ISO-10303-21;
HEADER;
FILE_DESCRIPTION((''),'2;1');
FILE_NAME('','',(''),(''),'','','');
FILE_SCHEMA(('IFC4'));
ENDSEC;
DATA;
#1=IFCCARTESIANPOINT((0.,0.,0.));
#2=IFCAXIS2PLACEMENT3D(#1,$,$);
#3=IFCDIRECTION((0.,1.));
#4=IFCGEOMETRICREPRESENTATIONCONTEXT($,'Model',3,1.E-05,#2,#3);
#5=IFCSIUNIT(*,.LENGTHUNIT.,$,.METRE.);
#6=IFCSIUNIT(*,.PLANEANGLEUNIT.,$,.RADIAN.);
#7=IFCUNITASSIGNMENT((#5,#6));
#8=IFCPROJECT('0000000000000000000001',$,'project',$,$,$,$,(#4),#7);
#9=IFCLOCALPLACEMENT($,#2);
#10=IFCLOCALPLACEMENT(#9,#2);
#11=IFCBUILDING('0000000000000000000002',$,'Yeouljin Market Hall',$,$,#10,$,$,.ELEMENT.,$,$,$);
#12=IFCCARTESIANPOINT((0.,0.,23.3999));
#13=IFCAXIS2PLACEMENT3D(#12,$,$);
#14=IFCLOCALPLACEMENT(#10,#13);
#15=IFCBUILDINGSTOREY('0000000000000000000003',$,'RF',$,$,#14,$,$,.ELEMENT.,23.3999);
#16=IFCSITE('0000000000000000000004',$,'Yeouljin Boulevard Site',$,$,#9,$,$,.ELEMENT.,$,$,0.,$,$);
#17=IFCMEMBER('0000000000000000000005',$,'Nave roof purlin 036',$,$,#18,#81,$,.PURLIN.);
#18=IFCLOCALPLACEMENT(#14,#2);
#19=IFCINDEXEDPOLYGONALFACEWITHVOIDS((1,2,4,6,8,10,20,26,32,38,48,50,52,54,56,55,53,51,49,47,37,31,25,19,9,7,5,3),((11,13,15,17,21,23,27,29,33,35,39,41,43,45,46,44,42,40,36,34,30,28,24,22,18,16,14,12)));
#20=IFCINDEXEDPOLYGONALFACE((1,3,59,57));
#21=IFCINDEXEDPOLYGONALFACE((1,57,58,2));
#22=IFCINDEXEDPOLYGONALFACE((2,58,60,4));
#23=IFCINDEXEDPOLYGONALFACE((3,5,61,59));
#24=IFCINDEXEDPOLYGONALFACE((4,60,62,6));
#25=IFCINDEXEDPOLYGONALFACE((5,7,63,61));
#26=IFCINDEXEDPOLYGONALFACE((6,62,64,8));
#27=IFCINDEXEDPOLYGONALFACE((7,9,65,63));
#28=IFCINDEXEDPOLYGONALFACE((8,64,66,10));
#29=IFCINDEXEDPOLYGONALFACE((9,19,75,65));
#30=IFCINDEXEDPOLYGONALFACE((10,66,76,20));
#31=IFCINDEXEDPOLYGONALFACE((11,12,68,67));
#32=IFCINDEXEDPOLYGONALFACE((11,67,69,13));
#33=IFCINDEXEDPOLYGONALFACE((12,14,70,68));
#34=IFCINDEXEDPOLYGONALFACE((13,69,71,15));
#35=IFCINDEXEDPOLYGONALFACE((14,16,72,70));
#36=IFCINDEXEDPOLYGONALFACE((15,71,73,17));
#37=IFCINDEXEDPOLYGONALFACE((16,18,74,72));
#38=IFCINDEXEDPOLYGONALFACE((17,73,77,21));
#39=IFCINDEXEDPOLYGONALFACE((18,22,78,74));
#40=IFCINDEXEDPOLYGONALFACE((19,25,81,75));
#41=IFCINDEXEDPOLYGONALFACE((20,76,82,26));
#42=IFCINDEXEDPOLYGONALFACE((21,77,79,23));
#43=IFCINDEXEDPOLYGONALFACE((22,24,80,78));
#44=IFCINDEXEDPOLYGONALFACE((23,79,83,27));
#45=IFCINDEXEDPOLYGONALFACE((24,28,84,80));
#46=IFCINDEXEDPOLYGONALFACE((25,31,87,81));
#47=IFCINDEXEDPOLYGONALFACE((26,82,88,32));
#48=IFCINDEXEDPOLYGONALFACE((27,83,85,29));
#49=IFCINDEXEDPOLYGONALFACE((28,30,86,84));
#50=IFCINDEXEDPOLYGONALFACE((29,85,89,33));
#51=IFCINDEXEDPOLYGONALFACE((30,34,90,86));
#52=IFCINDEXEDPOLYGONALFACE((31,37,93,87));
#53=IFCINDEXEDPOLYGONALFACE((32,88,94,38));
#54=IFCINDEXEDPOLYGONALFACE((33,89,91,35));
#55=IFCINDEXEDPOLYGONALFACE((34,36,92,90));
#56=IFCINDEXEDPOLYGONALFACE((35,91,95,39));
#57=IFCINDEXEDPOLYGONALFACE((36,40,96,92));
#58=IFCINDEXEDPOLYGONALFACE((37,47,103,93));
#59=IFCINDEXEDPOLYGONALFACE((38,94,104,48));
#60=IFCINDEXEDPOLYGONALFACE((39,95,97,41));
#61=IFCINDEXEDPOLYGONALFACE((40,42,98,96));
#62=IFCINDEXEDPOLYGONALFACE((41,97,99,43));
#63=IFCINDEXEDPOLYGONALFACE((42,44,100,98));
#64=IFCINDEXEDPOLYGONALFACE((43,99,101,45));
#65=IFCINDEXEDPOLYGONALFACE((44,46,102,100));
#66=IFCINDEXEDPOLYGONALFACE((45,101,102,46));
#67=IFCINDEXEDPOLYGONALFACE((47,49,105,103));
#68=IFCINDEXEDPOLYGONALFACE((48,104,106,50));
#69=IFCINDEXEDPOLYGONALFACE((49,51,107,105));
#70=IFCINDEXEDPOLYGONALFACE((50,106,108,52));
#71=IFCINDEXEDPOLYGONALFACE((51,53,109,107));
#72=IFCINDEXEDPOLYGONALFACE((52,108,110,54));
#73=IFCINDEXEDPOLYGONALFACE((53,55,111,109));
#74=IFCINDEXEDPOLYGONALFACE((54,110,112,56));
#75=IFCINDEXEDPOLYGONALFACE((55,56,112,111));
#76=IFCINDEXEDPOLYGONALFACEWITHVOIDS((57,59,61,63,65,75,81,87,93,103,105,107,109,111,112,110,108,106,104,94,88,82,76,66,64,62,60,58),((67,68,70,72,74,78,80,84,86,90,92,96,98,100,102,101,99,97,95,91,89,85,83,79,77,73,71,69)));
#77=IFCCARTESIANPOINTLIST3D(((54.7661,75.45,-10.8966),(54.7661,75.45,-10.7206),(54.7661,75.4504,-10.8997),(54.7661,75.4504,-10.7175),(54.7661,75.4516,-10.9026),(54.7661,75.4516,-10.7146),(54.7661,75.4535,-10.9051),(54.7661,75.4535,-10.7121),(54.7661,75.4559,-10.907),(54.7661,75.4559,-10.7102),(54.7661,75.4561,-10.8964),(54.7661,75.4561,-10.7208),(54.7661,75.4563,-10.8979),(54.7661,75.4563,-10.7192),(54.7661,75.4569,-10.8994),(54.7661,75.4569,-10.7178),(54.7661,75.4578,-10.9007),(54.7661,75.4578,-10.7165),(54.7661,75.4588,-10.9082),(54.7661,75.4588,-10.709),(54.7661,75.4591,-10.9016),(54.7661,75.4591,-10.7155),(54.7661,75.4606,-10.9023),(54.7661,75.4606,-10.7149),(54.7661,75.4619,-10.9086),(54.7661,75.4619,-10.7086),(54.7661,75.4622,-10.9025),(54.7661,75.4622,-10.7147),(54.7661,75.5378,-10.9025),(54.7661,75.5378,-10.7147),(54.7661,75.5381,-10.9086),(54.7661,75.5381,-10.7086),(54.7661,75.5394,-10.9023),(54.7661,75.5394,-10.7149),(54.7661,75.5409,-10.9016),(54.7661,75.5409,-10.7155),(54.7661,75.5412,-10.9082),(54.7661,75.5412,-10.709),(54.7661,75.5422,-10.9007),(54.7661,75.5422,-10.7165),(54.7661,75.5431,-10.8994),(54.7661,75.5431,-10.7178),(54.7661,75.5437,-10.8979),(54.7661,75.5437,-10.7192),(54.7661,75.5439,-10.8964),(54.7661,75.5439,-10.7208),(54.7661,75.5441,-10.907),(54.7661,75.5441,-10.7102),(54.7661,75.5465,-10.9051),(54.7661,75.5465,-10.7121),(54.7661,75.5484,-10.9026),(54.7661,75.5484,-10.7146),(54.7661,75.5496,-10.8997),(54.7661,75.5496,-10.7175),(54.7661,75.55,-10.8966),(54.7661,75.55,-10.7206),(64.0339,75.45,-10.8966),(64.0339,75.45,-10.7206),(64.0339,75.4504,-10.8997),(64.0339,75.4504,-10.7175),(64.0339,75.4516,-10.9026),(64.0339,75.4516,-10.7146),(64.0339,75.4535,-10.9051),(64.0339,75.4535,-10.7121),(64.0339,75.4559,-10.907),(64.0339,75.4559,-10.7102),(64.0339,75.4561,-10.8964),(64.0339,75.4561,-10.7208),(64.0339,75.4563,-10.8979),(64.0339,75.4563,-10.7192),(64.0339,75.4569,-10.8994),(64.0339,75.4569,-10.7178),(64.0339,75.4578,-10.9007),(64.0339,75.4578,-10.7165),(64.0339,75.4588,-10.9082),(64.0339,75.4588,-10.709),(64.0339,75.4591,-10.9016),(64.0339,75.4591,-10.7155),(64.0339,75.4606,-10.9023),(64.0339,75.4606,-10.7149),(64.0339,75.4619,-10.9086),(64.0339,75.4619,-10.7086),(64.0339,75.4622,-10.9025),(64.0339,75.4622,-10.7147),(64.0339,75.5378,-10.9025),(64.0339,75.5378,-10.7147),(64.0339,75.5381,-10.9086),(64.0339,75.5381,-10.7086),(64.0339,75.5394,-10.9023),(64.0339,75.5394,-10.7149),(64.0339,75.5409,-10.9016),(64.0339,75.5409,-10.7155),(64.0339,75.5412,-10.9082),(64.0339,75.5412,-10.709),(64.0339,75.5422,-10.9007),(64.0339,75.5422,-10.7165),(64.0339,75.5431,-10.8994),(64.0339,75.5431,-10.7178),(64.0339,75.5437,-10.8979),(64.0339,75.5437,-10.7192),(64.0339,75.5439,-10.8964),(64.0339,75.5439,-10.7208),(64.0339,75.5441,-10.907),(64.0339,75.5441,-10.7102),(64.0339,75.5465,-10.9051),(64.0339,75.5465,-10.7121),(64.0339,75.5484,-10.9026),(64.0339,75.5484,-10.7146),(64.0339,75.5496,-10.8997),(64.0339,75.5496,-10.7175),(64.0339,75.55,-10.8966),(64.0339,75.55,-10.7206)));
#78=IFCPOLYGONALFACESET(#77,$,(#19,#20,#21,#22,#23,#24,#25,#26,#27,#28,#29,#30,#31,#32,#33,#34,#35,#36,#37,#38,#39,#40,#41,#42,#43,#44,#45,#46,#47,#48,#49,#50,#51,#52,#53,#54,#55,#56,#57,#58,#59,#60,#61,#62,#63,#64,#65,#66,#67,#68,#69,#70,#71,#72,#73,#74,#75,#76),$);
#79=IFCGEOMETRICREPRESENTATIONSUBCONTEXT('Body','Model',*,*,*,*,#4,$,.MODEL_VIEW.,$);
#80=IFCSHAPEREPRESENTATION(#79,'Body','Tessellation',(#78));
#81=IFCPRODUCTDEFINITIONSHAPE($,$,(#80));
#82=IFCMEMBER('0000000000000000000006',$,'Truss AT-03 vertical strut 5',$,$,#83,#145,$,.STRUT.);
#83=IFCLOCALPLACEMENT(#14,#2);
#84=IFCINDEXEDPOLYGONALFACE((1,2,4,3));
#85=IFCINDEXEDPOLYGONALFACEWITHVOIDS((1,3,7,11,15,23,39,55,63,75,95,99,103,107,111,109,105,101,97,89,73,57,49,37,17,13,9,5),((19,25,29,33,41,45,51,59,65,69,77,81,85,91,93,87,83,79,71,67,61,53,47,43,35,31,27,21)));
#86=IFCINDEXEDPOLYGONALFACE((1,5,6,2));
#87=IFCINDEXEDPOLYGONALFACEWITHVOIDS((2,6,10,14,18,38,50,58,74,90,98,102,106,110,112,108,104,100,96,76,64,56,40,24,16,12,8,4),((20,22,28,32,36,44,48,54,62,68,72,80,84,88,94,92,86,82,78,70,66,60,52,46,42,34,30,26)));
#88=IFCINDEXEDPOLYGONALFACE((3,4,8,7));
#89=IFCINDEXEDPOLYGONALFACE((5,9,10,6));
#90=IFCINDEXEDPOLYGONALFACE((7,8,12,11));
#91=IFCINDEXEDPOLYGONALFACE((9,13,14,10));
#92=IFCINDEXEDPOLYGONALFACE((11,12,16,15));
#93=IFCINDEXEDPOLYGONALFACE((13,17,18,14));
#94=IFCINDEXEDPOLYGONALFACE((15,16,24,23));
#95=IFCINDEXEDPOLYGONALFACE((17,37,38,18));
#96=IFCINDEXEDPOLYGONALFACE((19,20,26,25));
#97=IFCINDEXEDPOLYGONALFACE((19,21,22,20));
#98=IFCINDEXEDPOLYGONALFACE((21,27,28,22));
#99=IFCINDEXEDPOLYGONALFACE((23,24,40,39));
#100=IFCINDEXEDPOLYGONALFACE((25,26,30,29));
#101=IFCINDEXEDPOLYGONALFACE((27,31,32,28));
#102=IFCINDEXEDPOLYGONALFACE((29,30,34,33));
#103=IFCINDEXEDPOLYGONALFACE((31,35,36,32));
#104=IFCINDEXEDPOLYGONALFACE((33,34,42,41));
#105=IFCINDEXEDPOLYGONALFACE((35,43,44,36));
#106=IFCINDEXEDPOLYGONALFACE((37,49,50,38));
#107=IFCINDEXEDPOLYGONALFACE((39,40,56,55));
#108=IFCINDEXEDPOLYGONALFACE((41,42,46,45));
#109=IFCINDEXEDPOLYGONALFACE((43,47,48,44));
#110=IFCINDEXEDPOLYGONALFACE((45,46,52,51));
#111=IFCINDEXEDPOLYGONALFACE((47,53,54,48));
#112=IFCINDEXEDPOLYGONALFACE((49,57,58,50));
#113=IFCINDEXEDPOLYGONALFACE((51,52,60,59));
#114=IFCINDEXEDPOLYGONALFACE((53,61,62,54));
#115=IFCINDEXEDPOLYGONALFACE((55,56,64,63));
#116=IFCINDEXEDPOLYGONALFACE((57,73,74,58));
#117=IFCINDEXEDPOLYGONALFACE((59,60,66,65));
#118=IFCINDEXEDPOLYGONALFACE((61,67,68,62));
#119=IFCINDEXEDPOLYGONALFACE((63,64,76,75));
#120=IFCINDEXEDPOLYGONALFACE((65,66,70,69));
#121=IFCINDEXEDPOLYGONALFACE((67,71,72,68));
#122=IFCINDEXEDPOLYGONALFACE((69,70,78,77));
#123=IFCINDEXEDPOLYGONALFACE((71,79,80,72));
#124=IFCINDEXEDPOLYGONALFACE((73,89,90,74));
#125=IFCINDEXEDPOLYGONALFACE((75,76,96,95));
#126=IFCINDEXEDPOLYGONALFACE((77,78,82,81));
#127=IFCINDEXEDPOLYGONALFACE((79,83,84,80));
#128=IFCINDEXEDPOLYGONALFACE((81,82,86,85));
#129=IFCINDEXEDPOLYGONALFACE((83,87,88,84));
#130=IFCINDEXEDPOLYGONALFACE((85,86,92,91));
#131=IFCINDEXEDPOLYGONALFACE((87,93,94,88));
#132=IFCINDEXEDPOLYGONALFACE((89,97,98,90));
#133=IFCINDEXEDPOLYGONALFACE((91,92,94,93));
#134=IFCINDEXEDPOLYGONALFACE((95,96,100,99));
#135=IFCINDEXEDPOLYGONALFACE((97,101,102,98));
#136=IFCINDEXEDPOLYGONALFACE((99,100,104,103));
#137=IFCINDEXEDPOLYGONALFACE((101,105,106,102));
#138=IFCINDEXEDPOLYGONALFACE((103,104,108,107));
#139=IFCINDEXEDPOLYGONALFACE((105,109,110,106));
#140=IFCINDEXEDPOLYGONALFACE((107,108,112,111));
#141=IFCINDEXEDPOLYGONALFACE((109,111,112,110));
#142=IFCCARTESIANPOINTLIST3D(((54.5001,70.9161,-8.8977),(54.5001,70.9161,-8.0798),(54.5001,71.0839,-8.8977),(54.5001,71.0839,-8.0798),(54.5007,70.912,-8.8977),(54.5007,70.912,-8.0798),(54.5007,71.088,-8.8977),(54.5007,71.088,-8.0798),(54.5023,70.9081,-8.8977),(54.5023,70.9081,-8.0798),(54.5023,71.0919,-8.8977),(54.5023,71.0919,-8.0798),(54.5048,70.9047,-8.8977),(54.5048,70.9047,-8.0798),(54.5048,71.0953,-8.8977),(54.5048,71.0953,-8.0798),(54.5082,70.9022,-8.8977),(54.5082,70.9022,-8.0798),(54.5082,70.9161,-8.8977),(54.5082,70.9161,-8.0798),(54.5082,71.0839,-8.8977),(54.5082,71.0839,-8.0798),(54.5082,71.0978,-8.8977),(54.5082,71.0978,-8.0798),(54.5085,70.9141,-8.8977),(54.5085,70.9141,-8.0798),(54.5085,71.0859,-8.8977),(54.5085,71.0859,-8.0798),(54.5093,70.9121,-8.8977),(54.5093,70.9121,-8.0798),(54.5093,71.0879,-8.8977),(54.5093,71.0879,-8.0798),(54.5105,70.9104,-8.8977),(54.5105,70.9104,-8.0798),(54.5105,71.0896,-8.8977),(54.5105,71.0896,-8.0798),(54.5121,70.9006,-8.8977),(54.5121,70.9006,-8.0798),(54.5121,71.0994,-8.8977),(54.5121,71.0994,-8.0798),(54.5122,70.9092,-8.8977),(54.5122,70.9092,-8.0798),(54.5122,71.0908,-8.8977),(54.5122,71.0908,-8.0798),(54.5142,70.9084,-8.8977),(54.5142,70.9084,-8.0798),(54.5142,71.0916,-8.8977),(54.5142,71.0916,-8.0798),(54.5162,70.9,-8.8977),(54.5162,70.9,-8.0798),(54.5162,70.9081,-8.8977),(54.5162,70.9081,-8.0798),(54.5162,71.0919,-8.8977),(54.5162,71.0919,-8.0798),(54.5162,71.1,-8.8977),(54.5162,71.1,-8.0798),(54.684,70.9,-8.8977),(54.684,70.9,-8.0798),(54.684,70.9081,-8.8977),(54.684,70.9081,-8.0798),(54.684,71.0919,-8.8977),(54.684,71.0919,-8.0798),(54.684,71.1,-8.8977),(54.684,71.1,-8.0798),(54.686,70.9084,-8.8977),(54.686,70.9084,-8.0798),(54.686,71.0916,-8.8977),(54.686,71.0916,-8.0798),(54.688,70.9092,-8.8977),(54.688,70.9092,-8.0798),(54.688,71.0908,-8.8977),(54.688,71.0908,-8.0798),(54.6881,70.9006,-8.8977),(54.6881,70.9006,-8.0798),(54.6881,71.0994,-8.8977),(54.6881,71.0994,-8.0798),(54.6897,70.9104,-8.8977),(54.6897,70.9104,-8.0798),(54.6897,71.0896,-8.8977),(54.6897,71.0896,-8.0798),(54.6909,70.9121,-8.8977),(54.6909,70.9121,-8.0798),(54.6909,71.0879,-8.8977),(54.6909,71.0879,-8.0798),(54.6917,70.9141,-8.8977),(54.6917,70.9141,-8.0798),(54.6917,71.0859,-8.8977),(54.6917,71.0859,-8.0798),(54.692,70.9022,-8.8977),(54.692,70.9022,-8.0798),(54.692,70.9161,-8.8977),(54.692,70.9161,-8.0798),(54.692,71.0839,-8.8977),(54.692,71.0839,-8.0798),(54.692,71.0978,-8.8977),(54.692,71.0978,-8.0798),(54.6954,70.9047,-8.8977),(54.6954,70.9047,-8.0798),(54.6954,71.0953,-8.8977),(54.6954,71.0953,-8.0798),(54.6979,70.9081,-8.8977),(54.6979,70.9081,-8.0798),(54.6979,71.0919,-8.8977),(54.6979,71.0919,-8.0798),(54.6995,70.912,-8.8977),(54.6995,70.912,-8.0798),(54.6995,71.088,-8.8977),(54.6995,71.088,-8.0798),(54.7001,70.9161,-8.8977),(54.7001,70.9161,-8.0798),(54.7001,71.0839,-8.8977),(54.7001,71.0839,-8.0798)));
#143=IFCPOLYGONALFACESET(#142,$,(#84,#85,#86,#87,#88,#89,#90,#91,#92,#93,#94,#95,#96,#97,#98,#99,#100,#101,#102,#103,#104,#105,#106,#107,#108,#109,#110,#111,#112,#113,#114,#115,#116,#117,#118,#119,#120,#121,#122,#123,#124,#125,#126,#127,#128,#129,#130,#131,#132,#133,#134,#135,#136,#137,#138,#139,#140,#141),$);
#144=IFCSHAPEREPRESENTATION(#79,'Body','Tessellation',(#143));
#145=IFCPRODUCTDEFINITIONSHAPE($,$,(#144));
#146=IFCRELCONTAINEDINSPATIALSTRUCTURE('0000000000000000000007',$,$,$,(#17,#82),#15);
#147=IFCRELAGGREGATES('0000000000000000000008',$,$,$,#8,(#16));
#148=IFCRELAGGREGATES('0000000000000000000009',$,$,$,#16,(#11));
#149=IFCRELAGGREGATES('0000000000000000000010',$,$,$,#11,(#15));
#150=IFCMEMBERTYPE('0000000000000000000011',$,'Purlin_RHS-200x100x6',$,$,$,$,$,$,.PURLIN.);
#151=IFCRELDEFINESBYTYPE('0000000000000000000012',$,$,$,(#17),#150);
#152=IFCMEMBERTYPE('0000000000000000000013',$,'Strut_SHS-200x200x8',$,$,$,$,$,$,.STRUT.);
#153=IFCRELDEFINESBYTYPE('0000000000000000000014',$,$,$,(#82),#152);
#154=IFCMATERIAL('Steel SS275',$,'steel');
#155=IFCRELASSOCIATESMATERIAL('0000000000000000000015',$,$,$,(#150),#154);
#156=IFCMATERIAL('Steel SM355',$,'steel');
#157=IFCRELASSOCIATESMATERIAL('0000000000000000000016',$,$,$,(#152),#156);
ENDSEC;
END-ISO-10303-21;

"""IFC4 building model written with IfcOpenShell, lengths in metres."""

from ifc_helpers import new_model, si_unit, direction, frame, origin, origin_2d, place, context, subcontext, project, spatial, hollow_rectangle, extrude, material, material_profile, profile_set, type_object, element, save


model = new_model("IFC4")

# Units and contexts
model_context = context("Model", 3, precision=1e-05, world=origin(), true_north=direction((0.0, 1.0)))
body_context = subcontext(model_context, "Body", "Model", "MODEL_VIEW")
ifc_project = project(units=[si_unit("LENGTHUNIT", "METRE"), si_unit("PLANEANGLEUNIT", "RADIAN")], contexts=[model_context])

# Site, building, storey
site_placement = place(None, origin())
site = spatial("IfcSite", under=ifc_project, at=site_placement, Name="Yeouljin Boulevard Site", CompositionType="ELEMENT", RefElevation=0.0)
building_placement = place(site_placement, origin())
building = spatial("IfcBuilding", under=site, at=building_placement, Name="Yeouljin Market Hall", CompositionType="ELEMENT")
storey_placement = place(building_placement, frame((0.0, 0.0, 23.3999)))
storey = spatial("IfcBuildingStorey", under=building, at=storey_placement, Name="RF", CompositionType="ELEMENT", Elevation=23.3999)

# Members
ifc_material_1 = material(Name="Steel SS275", Category="steel")
ifc_material_profile_1 = material_profile(ifc_material_1, hollow_rectangle(XDim=0.1001, YDim=0.2, WallThickness=0.0061, InnerFilletRadius=0.0061, OuterFilletRadius=0.012, at=origin_2d()), Name="RHS-200x100x6")
ifc_profile_set_1 = profile_set([ifc_material_profile_1], Name="Steel SS275")
member_type_1 = type_object("IfcMemberType", Name="Purlin_RHS-200x100x6", PredefinedType="PURLIN", material=ifc_profile_set_1)
for number, where, z_axis, x_axis, name in (
    (1, (54.7661, 75.5, -10.8086), (1.0, 0.0, 0.0), (0.0, 1.0, 0.0), "Nave roof purlin 036"),
):
    element("IfcMember", number, at=place(storey_placement, frame(where, z_axis=z_axis, x_axis=x_axis)), inside=storey, type_object=member_type_1, Name=name, PredefinedType="PURLIN", context=body_context, shape_type="SweptSolid", body=[
        extrude(hollow_rectangle(XDim=0.1001, YDim=0.2, WallThickness=0.0061, InnerFilletRadius=0.0061, OuterFilletRadius=0.012, at=origin_2d()), origin(), (0.0, 0.0, 1.0), 9.2678),
    ])
ifc_material_2 = material(Name="Steel SM355", Category="steel")
ifc_material_profile_2 = material_profile(ifc_material_2, hollow_rectangle(XDim=0.2, YDim=0.2, WallThickness=0.0081, InnerFilletRadius=0.0081, OuterFilletRadius=0.0161, at=origin_2d()), Name="SHS-200x200x8")
ifc_profile_set_2 = profile_set([ifc_material_profile_2], Name="Steel SM355")
member_type_2 = type_object("IfcMemberType", Name="Strut_SHS-200x200x8", PredefinedType="STRUT", material=ifc_profile_set_2)
for number, where, z_axis, x_axis, name in (
    (2, (54.6001, 71.0, -8.8977), (0.0, 0.0, 1.0), (1.0, 0.0, 0.0), "Truss AT-03 vertical strut 5"),
):
    element("IfcMember", number, at=place(storey_placement, frame(where, z_axis=z_axis, x_axis=x_axis)), inside=storey, type_object=member_type_2, Name=name, PredefinedType="STRUT", context=body_context, shape_type="SweptSolid", body=[
        extrude(hollow_rectangle(XDim=0.2, YDim=0.2, WallThickness=0.0081, InnerFilletRadius=0.0081, OuterFilletRadius=0.0161, at=origin_2d()), origin(), (0.0, 0.0, 1.0), 0.8179),
    ])

save(model, "model.ifc")
